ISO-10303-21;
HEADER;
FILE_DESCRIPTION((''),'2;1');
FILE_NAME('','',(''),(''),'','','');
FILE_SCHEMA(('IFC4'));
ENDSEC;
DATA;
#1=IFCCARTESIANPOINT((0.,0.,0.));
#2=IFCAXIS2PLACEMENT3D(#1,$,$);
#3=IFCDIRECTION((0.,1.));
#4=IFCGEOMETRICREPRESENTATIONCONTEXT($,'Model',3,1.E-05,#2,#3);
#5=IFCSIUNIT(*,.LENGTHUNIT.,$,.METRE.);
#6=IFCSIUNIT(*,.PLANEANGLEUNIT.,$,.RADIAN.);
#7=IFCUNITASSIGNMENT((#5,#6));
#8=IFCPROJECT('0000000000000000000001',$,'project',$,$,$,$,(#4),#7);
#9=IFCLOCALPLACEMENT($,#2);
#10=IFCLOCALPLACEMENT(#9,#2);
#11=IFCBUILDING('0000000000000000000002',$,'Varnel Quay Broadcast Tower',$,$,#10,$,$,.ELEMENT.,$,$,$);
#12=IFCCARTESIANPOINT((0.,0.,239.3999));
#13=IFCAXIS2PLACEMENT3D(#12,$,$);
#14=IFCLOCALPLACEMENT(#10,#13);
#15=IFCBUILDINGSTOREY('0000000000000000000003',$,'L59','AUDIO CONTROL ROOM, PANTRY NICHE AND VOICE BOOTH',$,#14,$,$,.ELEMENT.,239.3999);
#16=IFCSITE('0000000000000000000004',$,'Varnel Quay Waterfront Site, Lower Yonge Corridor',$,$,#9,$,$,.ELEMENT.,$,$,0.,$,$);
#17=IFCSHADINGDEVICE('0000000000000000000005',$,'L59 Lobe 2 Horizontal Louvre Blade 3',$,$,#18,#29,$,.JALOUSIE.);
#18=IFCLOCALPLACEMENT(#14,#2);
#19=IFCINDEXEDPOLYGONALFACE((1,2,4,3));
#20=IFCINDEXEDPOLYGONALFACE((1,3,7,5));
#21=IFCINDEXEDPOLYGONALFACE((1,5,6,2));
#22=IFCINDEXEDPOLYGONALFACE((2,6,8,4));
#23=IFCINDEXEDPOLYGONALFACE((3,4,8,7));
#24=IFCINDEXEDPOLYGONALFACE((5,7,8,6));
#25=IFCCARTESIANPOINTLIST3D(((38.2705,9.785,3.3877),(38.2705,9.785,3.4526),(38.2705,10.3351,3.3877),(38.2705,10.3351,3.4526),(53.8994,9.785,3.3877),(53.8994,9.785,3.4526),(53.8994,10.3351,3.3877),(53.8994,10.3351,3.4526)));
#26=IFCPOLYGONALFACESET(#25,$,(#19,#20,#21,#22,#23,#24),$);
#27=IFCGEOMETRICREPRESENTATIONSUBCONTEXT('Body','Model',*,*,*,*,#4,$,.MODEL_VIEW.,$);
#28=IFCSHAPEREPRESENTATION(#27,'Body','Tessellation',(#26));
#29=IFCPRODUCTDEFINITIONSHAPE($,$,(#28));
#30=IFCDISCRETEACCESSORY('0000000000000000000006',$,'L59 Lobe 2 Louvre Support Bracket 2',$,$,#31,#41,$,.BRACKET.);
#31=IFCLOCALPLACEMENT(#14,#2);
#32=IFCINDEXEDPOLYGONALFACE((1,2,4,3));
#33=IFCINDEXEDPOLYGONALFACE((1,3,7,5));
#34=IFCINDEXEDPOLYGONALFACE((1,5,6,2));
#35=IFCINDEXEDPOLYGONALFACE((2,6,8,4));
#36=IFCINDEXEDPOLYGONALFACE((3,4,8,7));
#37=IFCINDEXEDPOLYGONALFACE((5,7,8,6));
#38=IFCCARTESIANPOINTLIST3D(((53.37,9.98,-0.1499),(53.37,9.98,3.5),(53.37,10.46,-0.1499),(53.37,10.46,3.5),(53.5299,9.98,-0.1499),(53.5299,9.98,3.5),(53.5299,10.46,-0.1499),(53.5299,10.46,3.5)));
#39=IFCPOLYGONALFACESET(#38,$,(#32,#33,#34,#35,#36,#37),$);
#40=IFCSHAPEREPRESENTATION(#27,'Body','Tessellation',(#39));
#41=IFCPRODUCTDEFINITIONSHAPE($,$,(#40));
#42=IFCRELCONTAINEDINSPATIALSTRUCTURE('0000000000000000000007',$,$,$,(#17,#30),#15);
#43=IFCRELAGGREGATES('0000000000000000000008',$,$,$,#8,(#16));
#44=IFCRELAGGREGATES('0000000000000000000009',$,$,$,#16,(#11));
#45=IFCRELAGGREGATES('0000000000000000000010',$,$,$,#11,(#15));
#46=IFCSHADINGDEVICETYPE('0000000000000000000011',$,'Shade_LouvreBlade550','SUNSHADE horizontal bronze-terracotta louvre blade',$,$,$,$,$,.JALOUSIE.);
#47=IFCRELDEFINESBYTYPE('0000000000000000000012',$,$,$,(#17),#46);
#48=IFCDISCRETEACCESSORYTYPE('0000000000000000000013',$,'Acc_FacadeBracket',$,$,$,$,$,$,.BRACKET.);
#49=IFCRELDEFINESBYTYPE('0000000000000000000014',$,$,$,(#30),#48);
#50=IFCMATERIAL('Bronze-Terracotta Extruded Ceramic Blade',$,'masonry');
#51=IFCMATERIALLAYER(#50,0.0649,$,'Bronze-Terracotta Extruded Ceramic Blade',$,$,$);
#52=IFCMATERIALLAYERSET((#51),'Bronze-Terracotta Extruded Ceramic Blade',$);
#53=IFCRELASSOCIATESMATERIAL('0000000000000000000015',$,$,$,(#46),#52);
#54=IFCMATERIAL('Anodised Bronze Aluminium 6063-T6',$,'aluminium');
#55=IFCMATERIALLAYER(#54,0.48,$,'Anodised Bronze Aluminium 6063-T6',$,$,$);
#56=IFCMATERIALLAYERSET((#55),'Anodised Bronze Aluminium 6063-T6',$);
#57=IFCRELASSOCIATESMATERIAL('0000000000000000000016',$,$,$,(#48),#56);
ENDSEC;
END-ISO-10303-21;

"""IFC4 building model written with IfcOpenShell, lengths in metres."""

from ifc_helpers import new_model, si_unit, direction, frame, origin, origin_2d, place, context, subcontext, project, spatial, rectangle, extrude, source, transform, mapped, material, layer, layer_set, type_object, type_shapes, element, save


model = new_model("IFC4")

# Units and contexts
model_context = context("Model", 3, precision=1e-05, world=origin(), true_north=direction((0.0, 1.0)))
body_context = subcontext(model_context, "Body", "Model", "MODEL_VIEW")
ifc_project = project(units=[si_unit("LENGTHUNIT", "METRE"), si_unit("PLANEANGLEUNIT", "RADIAN")], contexts=[model_context])

# Site, building, storey
site_placement = place(None, origin())
site = spatial("IfcSite", under=ifc_project, at=site_placement, Name="Varnel Quay Waterfront Site, Lower Yonge Corridor", CompositionType="ELEMENT", RefElevation=0.0)
building_placement = place(site_placement, origin())
building = spatial("IfcBuilding", under=site, at=building_placement, Name="Varnel Quay Broadcast Tower", CompositionType="ELEMENT")
storey_placement = place(building_placement, frame((0.0, 0.0, 239.3999)))
storey = spatial("IfcBuildingStorey", under=building, at=storey_placement, Name="L59", Description="AUDIO CONTROL ROOM, PANTRY NICHE AND VOICE BOOTH", CompositionType="ELEMENT", Elevation=239.3999)

# Shared definitions
ifc_material_1 = material(Name="Anodised Bronze Aluminium 6063-T6", Category="aluminium")

# Shading device
ifc_material_2 = material(Name="Bronze-Terracotta Extruded Ceramic Blade", Category="masonry")
ifc_layer_1 = layer(ifc_material_2, 0.0649, Name="Bronze-Terracotta Extruded Ceramic Blade")
ifc_layer_set_1 = layer_set([ifc_layer_1], Name="Bronze-Terracotta Extruded Ceramic Blade")
shading_device_type = type_object("IfcShadingDeviceType", Name="Shade_LouvreBlade550", Description="SUNSHADE horizontal bronze-terracotta louvre blade", PredefinedType="JALOUSIE", material=ifc_layer_set_1)
shared_shape_1 = source(origin(), body_context, "Body", "SweptSolid", [
    extrude(rectangle(XDim=15.6289, YDim=0.55, at=origin_2d()), origin(), (0.0, 0.0, 1.0), 0.0649),
])
type_shapes(shading_device_type, [shared_shape_1])
for number, where, z_axis, x_axis, name in (
    (1, (46.085, 10.0601, 3.3877), (0.0, 0.0, 1.0), (1.0, 0.0, 0.0), "L59 Lobe 2 Horizontal Louvre Blade 3"),
):
    element("IfcShadingDevice", number, at=place(storey_placement, frame(where, z_axis=z_axis, x_axis=x_axis)), inside=storey, type_object=shading_device_type, Name=name, PredefinedType="JALOUSIE", context=body_context, shape_type="MappedRepresentation", body=[
        mapped(shared_shape_1, transform((0.0, 0.0, 0.0), x_axis=(1.0, 0.0, 0.0), y_axis=(0.0, 1.0, 0.0), z_axis=(0.0, 0.0, 1.0), scale=1.0)),
    ])

# Discrete accessory
ifc_layer_2 = layer(ifc_material_1, 0.48, Name="Anodised Bronze Aluminium 6063-T6")
ifc_layer_set_2 = layer_set([ifc_layer_2], Name="Anodised Bronze Aluminium 6063-T6")
discrete_accessory_type = type_object("IfcDiscreteAccessoryType", Name="Acc_FacadeBracket", PredefinedType="BRACKET", material=ifc_layer_set_2)
shared_shape_2 = source(origin(), body_context, "Body", "SweptSolid", [
    extrude(rectangle(XDim=0.1599, YDim=0.48, at=origin_2d()), origin(), (0.0, 0.0, 1.0), 3.6499),
])
type_shapes(discrete_accessory_type, [shared_shape_2])
discrete_accessory_placement = place(storey_placement, frame((53.45, 10.22, -0.1499), z_axis=(0.0, 0.0, 1.0), x_axis=(1.0, 0.0, 0.0)))
element("IfcDiscreteAccessory", 2, at=discrete_accessory_placement, inside=storey, type_object=discrete_accessory_type, Name="L59 Lobe 2 Louvre Support Bracket 2", PredefinedType="BRACKET", context=body_context, shape_type="MappedRepresentation", body=[
    mapped(shared_shape_2, transform((0.0, 0.0, 0.0), x_axis=(1.0, 0.0, 0.0), y_axis=(0.0, 1.0, 0.0), z_axis=(0.0, 0.0, 1.0), scale=1.0)),
])

save(model, "model.ifc")
